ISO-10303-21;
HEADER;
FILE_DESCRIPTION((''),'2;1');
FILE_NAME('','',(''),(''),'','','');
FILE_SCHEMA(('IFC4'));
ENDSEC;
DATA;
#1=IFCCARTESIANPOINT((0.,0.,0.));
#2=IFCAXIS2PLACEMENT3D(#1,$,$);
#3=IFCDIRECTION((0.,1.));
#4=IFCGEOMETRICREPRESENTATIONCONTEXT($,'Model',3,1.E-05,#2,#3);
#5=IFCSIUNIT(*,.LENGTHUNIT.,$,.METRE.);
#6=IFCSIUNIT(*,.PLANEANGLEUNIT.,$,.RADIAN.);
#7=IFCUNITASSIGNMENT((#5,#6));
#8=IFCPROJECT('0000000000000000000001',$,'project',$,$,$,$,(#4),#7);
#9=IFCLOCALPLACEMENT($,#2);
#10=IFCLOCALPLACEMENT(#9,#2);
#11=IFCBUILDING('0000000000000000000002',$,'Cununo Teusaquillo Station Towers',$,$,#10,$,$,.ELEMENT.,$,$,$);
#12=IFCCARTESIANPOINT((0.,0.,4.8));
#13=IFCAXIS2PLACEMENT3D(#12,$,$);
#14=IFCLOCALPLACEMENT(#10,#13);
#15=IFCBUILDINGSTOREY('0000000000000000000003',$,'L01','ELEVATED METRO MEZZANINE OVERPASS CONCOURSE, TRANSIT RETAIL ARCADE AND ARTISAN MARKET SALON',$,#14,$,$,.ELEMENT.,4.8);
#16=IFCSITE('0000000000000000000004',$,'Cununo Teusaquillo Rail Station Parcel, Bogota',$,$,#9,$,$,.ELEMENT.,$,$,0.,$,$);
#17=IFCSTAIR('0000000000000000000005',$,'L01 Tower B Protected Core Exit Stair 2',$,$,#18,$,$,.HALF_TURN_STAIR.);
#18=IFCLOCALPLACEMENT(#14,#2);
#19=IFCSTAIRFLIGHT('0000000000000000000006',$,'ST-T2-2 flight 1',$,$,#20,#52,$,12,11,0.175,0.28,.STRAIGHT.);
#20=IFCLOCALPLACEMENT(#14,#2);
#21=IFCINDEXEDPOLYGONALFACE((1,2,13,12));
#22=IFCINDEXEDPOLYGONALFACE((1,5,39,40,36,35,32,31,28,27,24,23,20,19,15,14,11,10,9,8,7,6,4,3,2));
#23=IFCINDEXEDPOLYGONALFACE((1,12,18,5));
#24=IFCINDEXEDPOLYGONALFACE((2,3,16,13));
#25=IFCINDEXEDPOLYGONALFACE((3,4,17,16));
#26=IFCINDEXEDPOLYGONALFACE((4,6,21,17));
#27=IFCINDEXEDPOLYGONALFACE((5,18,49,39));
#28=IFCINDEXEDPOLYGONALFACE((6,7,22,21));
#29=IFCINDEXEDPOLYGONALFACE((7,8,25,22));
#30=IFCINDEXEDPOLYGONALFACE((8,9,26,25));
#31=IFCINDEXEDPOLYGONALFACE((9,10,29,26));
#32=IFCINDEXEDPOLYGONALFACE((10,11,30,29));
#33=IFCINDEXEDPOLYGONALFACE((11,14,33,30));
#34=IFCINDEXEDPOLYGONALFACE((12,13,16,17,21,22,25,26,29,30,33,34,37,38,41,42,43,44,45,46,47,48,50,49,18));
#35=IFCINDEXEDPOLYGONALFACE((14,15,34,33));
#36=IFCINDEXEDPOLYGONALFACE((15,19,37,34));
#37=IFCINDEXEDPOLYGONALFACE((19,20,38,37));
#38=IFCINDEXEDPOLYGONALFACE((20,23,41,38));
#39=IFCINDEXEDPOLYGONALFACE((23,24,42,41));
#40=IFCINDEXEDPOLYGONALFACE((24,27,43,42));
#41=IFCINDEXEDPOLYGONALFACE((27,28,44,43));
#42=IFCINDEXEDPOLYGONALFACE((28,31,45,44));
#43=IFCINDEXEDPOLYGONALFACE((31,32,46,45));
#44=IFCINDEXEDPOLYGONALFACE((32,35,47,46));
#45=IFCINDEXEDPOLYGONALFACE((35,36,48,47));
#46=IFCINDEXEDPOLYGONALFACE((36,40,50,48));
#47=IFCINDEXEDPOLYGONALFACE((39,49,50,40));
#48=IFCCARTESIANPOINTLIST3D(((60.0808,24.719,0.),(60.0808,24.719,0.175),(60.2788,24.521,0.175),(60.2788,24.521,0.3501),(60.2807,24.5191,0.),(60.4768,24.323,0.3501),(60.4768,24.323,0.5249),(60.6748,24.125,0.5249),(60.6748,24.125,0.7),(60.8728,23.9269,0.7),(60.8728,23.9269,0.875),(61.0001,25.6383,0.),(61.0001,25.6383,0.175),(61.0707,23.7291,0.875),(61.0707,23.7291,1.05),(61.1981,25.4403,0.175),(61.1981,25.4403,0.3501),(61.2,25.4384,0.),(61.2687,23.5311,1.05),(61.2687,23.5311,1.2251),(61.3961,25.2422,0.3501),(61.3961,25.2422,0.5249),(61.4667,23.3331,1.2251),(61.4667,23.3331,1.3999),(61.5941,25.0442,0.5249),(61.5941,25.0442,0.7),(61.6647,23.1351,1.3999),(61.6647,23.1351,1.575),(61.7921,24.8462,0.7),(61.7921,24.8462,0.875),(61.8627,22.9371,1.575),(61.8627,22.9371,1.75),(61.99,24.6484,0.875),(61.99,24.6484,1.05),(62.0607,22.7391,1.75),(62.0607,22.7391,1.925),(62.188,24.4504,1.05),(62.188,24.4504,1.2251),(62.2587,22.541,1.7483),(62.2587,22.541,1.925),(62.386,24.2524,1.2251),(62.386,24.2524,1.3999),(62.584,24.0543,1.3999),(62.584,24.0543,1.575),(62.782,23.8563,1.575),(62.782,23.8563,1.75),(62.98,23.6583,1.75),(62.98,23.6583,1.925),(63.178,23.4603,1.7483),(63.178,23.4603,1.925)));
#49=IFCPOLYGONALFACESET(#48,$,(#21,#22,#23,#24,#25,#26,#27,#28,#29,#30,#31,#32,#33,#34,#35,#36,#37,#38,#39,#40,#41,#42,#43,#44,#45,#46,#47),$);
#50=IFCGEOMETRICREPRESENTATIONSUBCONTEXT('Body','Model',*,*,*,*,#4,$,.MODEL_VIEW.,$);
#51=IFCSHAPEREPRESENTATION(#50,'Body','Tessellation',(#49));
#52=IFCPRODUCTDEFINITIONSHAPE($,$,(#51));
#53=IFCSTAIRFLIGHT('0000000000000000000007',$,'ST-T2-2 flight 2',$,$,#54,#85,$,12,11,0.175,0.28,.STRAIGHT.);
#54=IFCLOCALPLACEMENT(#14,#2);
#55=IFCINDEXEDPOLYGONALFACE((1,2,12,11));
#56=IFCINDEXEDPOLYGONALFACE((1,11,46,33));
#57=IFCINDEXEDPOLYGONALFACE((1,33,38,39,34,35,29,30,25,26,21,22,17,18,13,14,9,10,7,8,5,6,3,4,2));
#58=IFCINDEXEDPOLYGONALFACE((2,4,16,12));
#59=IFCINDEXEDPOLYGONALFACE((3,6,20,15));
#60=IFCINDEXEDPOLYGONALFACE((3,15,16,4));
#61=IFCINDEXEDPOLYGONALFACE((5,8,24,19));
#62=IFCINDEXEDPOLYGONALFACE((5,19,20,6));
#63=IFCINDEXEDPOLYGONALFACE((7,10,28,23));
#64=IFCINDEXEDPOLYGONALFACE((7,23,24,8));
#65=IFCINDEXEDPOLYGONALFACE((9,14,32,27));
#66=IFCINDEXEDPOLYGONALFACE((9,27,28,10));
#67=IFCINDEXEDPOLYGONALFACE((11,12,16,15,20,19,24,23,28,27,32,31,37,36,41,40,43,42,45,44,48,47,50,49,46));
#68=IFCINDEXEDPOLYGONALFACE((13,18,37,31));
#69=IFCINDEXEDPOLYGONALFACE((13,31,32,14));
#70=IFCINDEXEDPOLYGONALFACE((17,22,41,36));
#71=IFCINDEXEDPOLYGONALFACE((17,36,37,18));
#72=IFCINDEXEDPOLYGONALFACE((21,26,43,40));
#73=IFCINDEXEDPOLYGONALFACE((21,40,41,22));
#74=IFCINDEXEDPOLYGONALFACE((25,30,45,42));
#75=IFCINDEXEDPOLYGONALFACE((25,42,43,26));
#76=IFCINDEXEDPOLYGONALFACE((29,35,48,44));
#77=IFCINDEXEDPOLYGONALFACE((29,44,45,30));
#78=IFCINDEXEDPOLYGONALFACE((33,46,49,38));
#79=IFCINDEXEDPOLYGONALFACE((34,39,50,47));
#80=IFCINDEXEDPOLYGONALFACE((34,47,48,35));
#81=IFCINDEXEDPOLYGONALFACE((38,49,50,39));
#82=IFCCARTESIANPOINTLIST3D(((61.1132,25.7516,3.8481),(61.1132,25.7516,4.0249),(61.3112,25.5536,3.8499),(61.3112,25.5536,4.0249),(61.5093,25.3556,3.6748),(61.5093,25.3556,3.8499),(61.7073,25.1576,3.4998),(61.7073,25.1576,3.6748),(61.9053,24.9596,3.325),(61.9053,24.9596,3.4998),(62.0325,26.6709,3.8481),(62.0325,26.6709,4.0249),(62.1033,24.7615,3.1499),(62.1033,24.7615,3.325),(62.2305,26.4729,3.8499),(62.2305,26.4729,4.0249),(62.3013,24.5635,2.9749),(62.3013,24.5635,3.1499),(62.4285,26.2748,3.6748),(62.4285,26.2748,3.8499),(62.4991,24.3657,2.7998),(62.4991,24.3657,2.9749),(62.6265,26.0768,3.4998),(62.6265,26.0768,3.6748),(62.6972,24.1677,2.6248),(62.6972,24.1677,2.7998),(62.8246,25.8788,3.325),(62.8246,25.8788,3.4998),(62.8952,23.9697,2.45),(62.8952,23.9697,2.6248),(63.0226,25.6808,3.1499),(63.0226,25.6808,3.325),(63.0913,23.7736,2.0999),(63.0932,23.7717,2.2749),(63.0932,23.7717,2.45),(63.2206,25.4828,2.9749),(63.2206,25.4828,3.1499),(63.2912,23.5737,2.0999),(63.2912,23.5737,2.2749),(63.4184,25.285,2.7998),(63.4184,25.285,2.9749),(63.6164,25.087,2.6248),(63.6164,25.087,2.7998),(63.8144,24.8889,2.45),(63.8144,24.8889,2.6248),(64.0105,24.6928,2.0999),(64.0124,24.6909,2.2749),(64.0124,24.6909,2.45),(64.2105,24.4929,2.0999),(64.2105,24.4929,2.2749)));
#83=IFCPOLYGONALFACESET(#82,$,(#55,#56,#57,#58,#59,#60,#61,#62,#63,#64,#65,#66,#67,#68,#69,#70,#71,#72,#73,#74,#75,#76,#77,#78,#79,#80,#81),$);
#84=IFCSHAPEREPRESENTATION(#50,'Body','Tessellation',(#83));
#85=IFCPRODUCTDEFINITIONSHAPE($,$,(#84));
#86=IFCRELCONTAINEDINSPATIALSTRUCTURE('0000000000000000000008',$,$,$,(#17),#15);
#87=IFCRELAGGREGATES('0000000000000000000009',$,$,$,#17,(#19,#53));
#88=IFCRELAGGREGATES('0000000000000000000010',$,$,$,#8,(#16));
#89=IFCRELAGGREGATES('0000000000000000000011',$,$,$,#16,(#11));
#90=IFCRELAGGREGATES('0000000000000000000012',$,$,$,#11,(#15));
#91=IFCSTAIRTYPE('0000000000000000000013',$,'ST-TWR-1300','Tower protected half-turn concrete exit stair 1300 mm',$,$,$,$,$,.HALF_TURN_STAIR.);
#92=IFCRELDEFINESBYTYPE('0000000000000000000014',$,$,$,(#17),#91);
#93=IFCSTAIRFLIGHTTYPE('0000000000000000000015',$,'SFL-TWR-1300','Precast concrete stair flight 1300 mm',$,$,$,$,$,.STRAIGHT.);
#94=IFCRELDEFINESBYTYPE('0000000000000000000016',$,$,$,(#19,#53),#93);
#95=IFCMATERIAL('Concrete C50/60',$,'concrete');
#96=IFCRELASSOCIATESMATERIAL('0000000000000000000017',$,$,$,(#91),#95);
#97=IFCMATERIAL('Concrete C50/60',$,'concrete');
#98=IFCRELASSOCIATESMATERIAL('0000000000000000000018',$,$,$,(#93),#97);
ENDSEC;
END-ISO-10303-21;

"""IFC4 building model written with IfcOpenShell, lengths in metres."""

from ifc_helpers import new_model, si_unit, direction, frame, origin, place, context, subcontext, project, spatial, polyline, outline, extrude, material, type_object, element, aggregate, save


model = new_model("IFC4")

# Units and contexts
model_context = context("Model", 3, precision=1e-05, world=origin(), true_north=direction((0.0, 1.0)))
body_context = subcontext(model_context, "Body", "Model", "MODEL_VIEW")
ifc_project = project(units=[si_unit("LENGTHUNIT", "METRE"), si_unit("PLANEANGLEUNIT", "RADIAN")], contexts=[model_context])

# Site, building, storey
site_placement = place(None, origin())
site = spatial("IfcSite", under=ifc_project, at=site_placement, Name="Cununo Teusaquillo Rail Station Parcel, Bogota", CompositionType="ELEMENT", RefElevation=0.0)
building_placement = place(site_placement, origin())
building = spatial("IfcBuilding", under=site, at=building_placement, Name="Cununo Teusaquillo Station Towers", CompositionType="ELEMENT")
storey_placement = place(building_placement, frame((0.0, 0.0, 4.8)))
storey = spatial("IfcBuildingStorey", under=building, at=storey_placement, Name="L01", Description="ELEVATED METRO MEZZANINE OVERPASS CONCOURSE, TRANSIT RETAIL ARCADE AND ARTISAN MARKET SALON", CompositionType="ELEMENT", Elevation=4.8)

# Stair, stair flights
ifc_material_1 = material(Name="Concrete C50/60", Category="concrete")
stair_type = type_object("IfcStairType", Name="ST-TWR-1300", Description="Tower protected half-turn concrete exit stair 1300 mm", PredefinedType="HALF_TURN_STAIR", material=ifc_material_1)
stair_placement = place(storey_placement, origin())
stair = element("IfcStair", 1, at=stair_placement, inside=storey, type_object=stair_type, Name="L01 Tower B Protected Core Exit Stair 2", PredefinedType="HALF_TURN_STAIR")
ifc_material_2 = material(Name="Concrete C50/60", Category="concrete")
stair_flight_type = type_object("IfcStairFlightType", Name="SFL-TWR-1300", Description="Precast concrete stair flight 1300 mm", PredefinedType="STRAIGHT", material=ifc_material_2)
stair_flight_1_placement = place(storey_placement, frame((60.5405, 25.1787, 0.0), z_axis=(0.0, 0.0, 1.0), x_axis=(0.707107, -0.707107, 0.0)))
stair_flight_1 = element("IfcStairFlight", 2, at=stair_flight_1_placement, type_object=stair_flight_type, Name="ST-T2-2 flight 1", NumberOfRisers=12, NumberOfTreads=11, PredefinedType="STRAIGHT", RiserHeight=0.175, TreadLength=0.28, context=body_context, shape_type="SweptSolid", body=[
    extrude(outline(polyline([(0.0, 0.0), (0.0, 0.175), (0.28, 0.175), (0.28, 0.3501), (0.5601, 0.3501), (0.5601, 0.5249), (0.8401, 0.5249), (0.8401, 0.7), (1.1201, 0.7), (1.1201, 0.875), (1.3999, 0.875), (1.3999, 1.05), (1.6799, 1.05), (1.6799, 1.2251), (1.96, 1.2251), (1.96, 1.3999), (2.24, 1.3999), (2.24, 1.575), (2.52, 1.575), (2.52, 1.75), (2.8, 1.75), (2.8, 1.925), (3.0801, 1.925), (3.0801, 2.1001), (3.0801, 1.7483), (0.2827, 0.0), (0.0, 0.0)])), frame((0.0, 0.6499, 0.0), z_axis=(0.0, -1.0, 0.0), x_axis=(1.0, 0.0, 0.0)), (0.0, 0.0, 1.0), 1.3),
])
stair_flight_2_placement = place(storey_placement, frame((63.7507, 24.0332, 2.0999), z_axis=(0.0, 0.0, 1.0), x_axis=(-0.707107, 0.707107, 0.0)))
stair_flight_2 = element("IfcStairFlight", 3, at=stair_flight_2_placement, type_object=stair_flight_type, Name="ST-T2-2 flight 2", NumberOfRisers=12, NumberOfTreads=11, PredefinedType="STRAIGHT", RiserHeight=0.175, TreadLength=0.28, context=body_context, shape_type="SweptSolid", body=[
    extrude(outline(polyline([(0.0, 0.0), (0.0, 0.175), (0.28, 0.175), (0.28, 0.3501), (0.5601, 0.3501), (0.5601, 0.5249), (0.8401, 0.5249), (0.8401, 0.7), (1.1201, 0.7), (1.1201, 0.875), (1.3999, 0.875), (1.3999, 1.05), (1.6799, 1.05), (1.6799, 1.2251), (1.96, 1.2251), (1.96, 1.3999), (2.24, 1.3999), (2.24, 1.575), (2.52, 1.575), (2.52, 1.75), (2.8, 1.75), (2.8, 1.925), (3.0801, 1.925), (3.0801, 2.1001), (3.0801, 1.7483), (0.2827, 0.0), (0.0, 0.0)])), frame((0.0, 0.6499, 0.0), z_axis=(0.0, -1.0, 0.0), x_axis=(1.0, 0.0, 0.0)), (0.0, 0.0, 1.0), 1.3),
])
aggregate(stair, [stair_flight_1, stair_flight_2])

save(model, "model.ifc")
